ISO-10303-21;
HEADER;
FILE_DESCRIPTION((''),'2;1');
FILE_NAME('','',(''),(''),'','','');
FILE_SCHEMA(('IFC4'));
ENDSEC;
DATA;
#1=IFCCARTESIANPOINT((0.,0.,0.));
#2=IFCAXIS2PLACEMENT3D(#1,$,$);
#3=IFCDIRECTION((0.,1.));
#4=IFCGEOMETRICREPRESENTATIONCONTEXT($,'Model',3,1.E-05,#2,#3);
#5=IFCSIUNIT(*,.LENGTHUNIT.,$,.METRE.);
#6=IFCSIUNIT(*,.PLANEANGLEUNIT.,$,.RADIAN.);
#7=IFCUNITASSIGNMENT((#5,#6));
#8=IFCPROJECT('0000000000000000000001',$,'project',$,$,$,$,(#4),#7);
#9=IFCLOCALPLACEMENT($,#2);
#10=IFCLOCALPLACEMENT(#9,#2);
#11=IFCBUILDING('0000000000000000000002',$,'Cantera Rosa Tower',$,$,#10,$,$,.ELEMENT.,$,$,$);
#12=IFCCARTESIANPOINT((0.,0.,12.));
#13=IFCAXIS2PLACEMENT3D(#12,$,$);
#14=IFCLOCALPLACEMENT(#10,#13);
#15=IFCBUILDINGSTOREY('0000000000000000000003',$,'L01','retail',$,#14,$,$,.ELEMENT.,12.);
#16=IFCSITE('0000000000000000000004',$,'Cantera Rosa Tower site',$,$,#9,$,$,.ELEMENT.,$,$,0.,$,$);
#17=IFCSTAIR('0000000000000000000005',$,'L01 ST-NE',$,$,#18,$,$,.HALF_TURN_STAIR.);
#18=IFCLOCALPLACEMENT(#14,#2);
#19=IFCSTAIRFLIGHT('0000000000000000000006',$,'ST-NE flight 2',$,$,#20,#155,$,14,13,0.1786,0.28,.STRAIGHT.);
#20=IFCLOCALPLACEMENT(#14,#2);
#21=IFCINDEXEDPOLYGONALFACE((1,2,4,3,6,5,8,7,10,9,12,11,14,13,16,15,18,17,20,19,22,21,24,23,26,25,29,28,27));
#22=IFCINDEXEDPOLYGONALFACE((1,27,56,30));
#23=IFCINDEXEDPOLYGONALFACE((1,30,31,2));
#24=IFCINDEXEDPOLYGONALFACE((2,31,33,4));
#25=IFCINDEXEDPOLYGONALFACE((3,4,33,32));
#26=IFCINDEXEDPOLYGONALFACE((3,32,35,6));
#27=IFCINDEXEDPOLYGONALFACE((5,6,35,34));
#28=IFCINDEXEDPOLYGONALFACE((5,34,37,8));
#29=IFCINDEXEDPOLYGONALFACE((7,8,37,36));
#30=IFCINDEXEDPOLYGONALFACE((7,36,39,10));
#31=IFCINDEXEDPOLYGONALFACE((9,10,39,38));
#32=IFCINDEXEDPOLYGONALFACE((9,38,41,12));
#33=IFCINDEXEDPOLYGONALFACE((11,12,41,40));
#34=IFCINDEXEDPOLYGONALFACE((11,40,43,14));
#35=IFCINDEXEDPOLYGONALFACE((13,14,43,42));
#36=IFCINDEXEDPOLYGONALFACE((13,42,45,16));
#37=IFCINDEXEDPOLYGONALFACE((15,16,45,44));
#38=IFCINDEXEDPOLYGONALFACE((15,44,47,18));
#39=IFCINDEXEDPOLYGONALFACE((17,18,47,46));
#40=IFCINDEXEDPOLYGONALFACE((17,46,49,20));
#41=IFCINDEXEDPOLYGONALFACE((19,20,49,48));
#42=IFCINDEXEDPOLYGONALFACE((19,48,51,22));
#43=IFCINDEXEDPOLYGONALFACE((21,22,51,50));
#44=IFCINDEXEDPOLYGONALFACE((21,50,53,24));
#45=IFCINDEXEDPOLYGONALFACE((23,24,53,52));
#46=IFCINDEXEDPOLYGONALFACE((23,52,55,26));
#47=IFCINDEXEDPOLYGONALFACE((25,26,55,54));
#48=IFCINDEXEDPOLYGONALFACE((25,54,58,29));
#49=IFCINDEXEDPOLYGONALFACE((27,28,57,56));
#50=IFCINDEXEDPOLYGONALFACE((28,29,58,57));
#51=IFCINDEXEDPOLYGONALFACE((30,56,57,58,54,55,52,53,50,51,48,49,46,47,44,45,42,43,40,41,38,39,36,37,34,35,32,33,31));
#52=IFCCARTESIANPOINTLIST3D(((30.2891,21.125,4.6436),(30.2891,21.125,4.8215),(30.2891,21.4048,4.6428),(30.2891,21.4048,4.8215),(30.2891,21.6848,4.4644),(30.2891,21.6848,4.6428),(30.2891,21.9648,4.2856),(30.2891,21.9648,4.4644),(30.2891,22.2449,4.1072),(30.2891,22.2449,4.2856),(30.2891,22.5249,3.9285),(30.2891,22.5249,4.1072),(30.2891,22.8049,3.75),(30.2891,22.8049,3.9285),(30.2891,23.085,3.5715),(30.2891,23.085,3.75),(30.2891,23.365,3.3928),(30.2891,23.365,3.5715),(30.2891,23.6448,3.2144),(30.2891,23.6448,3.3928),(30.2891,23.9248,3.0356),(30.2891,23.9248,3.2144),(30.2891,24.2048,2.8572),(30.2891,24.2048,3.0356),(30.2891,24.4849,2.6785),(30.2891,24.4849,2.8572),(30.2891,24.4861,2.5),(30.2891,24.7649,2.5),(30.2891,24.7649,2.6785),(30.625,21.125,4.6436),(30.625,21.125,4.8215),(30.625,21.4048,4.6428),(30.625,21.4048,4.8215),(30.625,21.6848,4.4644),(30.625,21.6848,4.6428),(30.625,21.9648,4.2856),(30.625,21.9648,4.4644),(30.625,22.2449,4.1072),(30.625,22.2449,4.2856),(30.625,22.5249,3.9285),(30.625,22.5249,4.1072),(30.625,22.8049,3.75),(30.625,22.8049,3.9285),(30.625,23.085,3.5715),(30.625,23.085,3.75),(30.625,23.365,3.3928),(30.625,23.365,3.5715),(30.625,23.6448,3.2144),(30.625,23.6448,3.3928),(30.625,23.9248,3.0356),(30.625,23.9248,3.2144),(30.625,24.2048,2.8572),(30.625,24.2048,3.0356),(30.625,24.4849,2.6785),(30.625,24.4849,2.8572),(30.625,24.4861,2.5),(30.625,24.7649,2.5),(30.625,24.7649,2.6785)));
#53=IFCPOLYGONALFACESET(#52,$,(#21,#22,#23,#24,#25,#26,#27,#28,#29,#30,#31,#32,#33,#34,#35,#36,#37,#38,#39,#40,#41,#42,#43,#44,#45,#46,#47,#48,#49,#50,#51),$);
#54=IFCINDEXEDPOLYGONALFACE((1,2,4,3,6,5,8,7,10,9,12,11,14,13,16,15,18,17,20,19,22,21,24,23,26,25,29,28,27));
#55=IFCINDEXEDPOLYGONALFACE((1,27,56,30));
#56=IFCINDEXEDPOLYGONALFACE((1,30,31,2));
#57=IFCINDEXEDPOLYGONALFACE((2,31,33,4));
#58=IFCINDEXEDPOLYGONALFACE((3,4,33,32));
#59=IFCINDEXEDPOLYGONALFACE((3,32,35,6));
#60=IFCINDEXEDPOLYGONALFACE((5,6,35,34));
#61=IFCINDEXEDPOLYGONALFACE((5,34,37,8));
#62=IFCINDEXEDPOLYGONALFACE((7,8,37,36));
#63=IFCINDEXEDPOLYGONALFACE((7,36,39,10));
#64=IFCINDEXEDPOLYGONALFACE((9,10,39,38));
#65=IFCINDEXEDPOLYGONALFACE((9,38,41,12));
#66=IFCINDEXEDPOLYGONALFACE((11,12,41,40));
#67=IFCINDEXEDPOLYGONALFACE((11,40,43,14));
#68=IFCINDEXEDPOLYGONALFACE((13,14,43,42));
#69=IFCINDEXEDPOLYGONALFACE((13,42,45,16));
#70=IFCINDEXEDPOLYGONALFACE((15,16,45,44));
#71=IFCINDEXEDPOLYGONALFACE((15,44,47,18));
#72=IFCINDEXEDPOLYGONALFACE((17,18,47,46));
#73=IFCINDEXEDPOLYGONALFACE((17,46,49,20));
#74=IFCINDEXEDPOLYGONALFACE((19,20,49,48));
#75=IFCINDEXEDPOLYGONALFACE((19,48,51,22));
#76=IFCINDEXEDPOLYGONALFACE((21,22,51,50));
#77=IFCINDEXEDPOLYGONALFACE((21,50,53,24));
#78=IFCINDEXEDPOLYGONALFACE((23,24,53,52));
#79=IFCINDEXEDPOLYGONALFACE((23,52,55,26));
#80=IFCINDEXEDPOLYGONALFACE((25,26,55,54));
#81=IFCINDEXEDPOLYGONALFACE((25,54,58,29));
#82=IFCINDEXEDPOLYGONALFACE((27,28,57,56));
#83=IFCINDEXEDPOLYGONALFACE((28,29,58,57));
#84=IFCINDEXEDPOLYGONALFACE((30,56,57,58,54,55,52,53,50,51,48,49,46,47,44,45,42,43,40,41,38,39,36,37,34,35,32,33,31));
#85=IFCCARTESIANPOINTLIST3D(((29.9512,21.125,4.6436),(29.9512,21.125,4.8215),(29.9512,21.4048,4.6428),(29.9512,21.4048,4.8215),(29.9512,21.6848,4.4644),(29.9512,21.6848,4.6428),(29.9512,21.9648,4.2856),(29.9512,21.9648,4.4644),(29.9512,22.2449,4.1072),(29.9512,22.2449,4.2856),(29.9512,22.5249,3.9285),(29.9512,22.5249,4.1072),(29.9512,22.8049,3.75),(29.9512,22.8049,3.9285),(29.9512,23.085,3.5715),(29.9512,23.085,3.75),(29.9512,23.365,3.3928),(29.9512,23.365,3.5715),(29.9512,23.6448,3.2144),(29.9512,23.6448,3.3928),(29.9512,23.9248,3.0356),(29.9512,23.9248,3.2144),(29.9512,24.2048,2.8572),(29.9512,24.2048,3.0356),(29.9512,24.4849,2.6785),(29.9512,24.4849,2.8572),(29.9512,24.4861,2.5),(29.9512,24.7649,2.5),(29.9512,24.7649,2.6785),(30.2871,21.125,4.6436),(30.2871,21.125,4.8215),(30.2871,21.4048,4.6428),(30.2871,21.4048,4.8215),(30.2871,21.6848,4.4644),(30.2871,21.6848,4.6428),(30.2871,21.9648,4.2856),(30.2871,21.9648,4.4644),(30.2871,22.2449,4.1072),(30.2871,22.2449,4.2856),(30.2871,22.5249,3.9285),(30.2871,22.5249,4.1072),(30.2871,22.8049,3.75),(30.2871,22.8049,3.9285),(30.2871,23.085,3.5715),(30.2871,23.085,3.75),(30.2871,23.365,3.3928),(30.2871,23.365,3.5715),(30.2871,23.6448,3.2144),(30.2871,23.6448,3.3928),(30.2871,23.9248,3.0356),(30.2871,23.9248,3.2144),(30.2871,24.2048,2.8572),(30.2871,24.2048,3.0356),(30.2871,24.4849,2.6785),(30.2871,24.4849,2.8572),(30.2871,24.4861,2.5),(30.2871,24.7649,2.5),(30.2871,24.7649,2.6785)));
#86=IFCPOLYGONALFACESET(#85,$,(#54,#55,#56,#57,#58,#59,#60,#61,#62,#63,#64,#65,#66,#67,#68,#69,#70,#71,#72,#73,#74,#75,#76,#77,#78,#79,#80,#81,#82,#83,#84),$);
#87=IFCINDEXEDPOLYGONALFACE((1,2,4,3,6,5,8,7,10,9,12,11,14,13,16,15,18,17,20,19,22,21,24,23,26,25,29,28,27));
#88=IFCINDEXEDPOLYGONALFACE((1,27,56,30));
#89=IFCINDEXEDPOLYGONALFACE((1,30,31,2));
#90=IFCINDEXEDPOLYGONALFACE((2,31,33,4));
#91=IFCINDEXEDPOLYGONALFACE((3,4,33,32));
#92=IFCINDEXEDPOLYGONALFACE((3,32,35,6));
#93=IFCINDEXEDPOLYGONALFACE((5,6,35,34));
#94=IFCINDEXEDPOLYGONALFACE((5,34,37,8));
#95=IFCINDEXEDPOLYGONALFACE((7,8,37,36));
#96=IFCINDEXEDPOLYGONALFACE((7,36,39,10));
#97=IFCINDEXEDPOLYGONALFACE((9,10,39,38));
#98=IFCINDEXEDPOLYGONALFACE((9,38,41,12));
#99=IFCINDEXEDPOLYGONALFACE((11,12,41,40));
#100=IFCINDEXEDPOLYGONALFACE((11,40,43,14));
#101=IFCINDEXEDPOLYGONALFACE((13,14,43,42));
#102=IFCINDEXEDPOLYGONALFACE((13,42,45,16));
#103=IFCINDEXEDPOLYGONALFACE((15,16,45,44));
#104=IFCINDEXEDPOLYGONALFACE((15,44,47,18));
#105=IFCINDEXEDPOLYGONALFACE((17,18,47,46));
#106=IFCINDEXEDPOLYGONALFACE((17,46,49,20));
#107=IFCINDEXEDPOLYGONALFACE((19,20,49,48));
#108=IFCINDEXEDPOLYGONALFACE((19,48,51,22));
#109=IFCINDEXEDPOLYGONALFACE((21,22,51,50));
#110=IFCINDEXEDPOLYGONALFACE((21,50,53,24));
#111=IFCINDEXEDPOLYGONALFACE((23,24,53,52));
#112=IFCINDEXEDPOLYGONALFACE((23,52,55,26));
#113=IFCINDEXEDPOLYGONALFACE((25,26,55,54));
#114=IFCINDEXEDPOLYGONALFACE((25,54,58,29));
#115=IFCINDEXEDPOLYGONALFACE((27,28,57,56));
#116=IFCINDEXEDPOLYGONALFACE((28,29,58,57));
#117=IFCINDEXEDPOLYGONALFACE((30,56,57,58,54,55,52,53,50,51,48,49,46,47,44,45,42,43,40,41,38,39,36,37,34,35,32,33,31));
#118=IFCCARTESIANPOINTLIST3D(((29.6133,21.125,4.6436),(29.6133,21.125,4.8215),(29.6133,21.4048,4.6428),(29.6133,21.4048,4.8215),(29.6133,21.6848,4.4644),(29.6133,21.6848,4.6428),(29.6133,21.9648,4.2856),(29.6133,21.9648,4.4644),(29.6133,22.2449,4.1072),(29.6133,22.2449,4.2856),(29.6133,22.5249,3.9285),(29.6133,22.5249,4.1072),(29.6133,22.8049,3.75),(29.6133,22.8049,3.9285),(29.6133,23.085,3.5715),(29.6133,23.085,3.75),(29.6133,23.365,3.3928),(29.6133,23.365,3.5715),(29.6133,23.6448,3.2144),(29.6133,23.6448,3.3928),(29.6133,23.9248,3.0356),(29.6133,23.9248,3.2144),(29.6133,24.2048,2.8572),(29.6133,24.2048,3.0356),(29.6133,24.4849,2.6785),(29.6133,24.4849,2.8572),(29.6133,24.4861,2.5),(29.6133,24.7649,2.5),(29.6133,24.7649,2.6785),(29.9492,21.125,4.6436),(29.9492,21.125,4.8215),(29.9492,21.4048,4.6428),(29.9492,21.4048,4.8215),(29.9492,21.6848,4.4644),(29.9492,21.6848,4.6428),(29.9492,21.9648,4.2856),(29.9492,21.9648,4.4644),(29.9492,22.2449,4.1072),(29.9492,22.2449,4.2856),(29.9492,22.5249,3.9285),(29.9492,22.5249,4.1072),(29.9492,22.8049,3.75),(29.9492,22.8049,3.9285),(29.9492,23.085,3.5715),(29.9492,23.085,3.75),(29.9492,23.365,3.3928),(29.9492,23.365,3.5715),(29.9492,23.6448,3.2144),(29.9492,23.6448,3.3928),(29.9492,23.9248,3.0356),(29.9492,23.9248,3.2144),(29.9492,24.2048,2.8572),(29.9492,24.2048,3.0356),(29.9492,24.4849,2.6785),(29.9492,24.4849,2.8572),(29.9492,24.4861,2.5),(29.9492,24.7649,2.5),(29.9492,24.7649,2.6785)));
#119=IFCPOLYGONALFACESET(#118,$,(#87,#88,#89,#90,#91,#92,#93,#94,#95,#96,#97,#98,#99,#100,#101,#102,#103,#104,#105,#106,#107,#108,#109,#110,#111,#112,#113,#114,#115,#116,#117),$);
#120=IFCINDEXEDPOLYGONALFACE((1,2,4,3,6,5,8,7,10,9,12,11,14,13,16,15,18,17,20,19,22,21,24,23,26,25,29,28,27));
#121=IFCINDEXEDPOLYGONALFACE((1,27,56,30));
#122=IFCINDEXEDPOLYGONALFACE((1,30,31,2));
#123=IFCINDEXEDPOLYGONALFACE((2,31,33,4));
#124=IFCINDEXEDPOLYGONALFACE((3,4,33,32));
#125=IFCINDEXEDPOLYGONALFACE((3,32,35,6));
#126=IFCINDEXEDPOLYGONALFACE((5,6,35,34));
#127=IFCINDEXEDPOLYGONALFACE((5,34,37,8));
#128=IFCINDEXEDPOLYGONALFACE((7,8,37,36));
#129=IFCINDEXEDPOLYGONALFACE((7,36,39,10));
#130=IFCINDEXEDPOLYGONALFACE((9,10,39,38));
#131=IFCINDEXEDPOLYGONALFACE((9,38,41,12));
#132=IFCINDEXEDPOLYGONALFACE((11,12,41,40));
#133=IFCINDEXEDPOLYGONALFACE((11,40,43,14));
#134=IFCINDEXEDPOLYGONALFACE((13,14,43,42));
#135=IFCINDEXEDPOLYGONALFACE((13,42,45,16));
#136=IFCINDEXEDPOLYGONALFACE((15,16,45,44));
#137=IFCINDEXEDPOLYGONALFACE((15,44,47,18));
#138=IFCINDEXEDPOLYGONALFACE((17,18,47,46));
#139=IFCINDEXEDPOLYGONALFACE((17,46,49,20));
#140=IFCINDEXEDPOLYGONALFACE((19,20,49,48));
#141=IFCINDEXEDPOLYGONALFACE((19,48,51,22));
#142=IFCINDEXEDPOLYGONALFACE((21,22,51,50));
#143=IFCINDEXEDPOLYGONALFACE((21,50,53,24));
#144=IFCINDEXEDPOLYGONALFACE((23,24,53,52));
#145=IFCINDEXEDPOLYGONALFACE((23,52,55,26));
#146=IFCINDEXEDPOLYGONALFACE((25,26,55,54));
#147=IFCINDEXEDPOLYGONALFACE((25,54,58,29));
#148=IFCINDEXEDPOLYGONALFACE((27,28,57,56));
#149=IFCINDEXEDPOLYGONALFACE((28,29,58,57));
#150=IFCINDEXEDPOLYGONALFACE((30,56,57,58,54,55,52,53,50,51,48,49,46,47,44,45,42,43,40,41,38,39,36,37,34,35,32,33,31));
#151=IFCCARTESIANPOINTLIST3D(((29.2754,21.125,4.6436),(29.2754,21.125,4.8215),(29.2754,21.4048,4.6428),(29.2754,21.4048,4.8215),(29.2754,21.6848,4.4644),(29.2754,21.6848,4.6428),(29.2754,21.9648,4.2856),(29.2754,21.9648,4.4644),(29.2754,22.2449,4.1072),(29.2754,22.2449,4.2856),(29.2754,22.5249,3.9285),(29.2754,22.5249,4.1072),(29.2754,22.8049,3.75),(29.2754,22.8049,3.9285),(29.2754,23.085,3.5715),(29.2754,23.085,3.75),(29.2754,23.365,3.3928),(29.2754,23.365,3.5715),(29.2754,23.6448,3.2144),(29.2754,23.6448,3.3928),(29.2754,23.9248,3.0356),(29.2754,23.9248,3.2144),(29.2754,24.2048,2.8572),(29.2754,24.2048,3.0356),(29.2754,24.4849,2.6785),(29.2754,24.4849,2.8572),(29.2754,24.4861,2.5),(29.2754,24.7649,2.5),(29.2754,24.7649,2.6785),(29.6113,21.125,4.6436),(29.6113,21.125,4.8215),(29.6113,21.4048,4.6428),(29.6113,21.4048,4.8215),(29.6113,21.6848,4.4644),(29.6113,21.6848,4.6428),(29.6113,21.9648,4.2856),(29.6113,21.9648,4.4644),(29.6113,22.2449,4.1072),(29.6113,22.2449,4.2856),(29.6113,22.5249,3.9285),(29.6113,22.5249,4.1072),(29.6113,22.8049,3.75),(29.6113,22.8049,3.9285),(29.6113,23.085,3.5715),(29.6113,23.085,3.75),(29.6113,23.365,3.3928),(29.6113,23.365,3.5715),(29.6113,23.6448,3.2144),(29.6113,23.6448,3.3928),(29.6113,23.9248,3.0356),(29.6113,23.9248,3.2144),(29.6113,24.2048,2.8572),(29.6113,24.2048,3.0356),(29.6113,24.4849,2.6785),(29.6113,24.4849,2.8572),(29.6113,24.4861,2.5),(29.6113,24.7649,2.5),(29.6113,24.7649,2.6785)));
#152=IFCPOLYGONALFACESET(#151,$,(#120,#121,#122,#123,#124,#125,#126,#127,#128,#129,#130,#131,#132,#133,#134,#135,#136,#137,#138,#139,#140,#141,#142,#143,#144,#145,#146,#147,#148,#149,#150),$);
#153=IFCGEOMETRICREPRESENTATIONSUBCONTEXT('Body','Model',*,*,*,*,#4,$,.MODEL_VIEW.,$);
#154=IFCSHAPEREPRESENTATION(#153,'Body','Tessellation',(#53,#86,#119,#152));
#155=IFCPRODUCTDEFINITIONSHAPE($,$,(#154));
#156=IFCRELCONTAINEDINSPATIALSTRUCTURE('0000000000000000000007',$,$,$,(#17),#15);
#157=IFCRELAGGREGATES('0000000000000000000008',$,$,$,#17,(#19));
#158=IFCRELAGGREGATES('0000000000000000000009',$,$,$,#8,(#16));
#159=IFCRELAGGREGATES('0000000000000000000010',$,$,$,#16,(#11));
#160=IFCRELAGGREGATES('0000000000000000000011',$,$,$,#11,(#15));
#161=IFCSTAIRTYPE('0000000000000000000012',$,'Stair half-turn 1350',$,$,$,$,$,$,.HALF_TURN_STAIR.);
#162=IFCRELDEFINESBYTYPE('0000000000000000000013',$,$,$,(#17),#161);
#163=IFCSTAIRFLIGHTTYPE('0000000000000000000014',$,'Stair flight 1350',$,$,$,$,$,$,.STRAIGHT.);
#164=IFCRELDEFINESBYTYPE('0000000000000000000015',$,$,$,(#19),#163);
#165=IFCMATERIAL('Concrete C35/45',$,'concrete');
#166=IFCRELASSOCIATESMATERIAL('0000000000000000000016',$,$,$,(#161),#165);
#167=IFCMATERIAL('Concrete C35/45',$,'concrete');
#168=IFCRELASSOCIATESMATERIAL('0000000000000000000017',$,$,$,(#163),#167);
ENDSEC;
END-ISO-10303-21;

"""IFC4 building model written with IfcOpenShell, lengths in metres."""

from ifc_helpers import new_model, si_unit, direction, frame, origin, place, context, subcontext, project, spatial, polyline, outline, extrude, material, type_object, element, aggregate, save


model = new_model("IFC4")

# Units and contexts
model_context = context("Model", 3, precision=1e-05, world=origin(), true_north=direction((0.0, 1.0)))
body_context = subcontext(model_context, "Body", "Model", "MODEL_VIEW")
ifc_project = project(units=[si_unit("LENGTHUNIT", "METRE"), si_unit("PLANEANGLEUNIT", "RADIAN")], contexts=[model_context])

# Site, building, storey
site_placement = place(None, origin())
site = spatial("IfcSite", under=ifc_project, at=site_placement, Name="Cantera Rosa Tower site", CompositionType="ELEMENT", RefElevation=0.0)
building_placement = place(site_placement, origin())
building = spatial("IfcBuilding", under=site, at=building_placement, Name="Cantera Rosa Tower", CompositionType="ELEMENT")
storey_placement = place(building_placement, frame((0.0, 0.0, 12.0)))
storey = spatial("IfcBuildingStorey", under=building, at=storey_placement, Name="L01", Description="retail", CompositionType="ELEMENT", Elevation=12.0)

# Stair, stair flight
ifc_material_1 = material(Name="Concrete C35/45", Category="concrete")
stair_type = type_object("IfcStairType", Name="Stair half-turn 1350", PredefinedType="HALF_TURN_STAIR", material=ifc_material_1)
stair_placement = place(storey_placement, origin())
stair = element("IfcStair", 1, at=stair_placement, inside=storey, type_object=stair_type, Name="L01 ST-NE", PredefinedType="HALF_TURN_STAIR")
ifc_material_2 = material(Name="Concrete C35/45", Category="concrete")
stair_flight_type = type_object("IfcStairFlightType", Name="Stair flight 1350", PredefinedType="STRAIGHT", material=ifc_material_2)
stair_flight_1_placement = place(storey_placement, frame((29.95, 24.7649, 2.5), z_axis=(0.0, 0.0, 1.0), x_axis=(0.0, -1.0, 0.0)))
stair_flight_1 = element("IfcStairFlight", 2, at=stair_flight_1_placement, type_object=stair_flight_type, Name="ST-NE flight 2", NumberOfRisers=14, NumberOfTreads=13, PredefinedType="STRAIGHT", RiserHeight=0.1786, TreadLength=0.28, context=body_context, shape_type="SweptSolid", body=[
    extrude(outline(polyline([(0.0, 0.0), (0.0, 0.1785), (0.28, 0.1785), (0.28, 0.3572), (0.5601, 0.3572), (0.5601, 0.5356), (0.8401, 0.5356), (0.8401, 0.7144), (1.1201, 0.7144), (1.1201, 0.8928), (1.3999, 0.8928), (1.3999, 1.0715), (1.6799, 1.0715), (1.6799, 1.25), (1.96, 1.25), (1.96, 1.4285), (2.24, 1.4285), (2.24, 1.6072), (2.52, 1.6072), (2.52, 1.7856), (2.8, 1.7856), (2.8, 1.9644), (3.0801, 1.9644), (3.0801, 2.1428), (3.3601, 2.1428), (3.3601, 2.3215), (3.6399, 2.3215), (3.6399, 2.5), (3.6399, 2.1436), (0.2788, 0.0), (0.0, 0.0)])), frame((0.0, 0.675, 0.0), z_axis=(0.0, -1.0, 0.0), x_axis=(1.0, 0.0, 0.0)), (0.0, 0.0, 1.0), 0.3359),
    extrude(outline(polyline([(0.0, 0.0), (0.0, 0.1785), (0.28, 0.1785), (0.28, 0.3572), (0.5601, 0.3572), (0.5601, 0.5356), (0.8401, 0.5356), (0.8401, 0.7144), (1.1201, 0.7144), (1.1201, 0.8928), (1.3999, 0.8928), (1.3999, 1.0715), (1.6799, 1.0715), (1.6799, 1.25), (1.96, 1.25), (1.96, 1.4285), (2.24, 1.4285), (2.24, 1.6072), (2.52, 1.6072), (2.52, 1.7856), (2.8, 1.7856), (2.8, 1.9644), (3.0801, 1.9644), (3.0801, 2.1428), (3.3601, 2.1428), (3.3601, 2.3215), (3.6399, 2.3215), (3.6399, 2.5), (3.6399, 2.1436), (0.2788, 0.0), (0.0, 0.0)])), frame((0.0, 0.3372, 0.0), z_axis=(0.0, -1.0, 0.0), x_axis=(1.0, 0.0, 0.0)), (0.0, 0.0, 1.0), 0.3359),
    extrude(outline(polyline([(0.0, 0.0), (0.0, 0.1785), (0.28, 0.1785), (0.28, 0.3572), (0.5601, 0.3572), (0.5601, 0.5356), (0.8401, 0.5356), (0.8401, 0.7144), (1.1201, 0.7144), (1.1201, 0.8928), (1.3999, 0.8928), (1.3999, 1.0715), (1.6799, 1.0715), (1.6799, 1.25), (1.96, 1.25), (1.96, 1.4285), (2.24, 1.4285), (2.24, 1.6072), (2.52, 1.6072), (2.52, 1.7856), (2.8, 1.7856), (2.8, 1.9644), (3.0801, 1.9644), (3.0801, 2.1428), (3.3601, 2.1428), (3.3601, 2.3215), (3.6399, 2.3215), (3.6399, 2.5), (3.6399, 2.1436), (0.2788, 0.0), (0.0, 0.0)])), frame((0.0, -0.0007, 0.0), z_axis=(0.0, -1.0, 0.0), x_axis=(1.0, 0.0, 0.0)), (0.0, 0.0, 1.0), 0.3359),
    extrude(outline(polyline([(0.0, 0.0), (0.0, 0.1785), (0.28, 0.1785), (0.28, 0.3572), (0.5601, 0.3572), (0.5601, 0.5356), (0.8401, 0.5356), (0.8401, 0.7144), (1.1201, 0.7144), (1.1201, 0.8928), (1.3999, 0.8928), (1.3999, 1.0715), (1.6799, 1.0715), (1.6799, 1.25), (1.96, 1.25), (1.96, 1.4285), (2.24, 1.4285), (2.24, 1.6072), (2.52, 1.6072), (2.52, 1.7856), (2.8, 1.7856), (2.8, 1.9644), (3.0801, 1.9644), (3.0801, 2.1428), (3.3601, 2.1428), (3.3601, 2.3215), (3.6399, 2.3215), (3.6399, 2.5), (3.6399, 2.1436), (0.2788, 0.0), (0.0, 0.0)])), frame((0.0, -0.3386, 0.0), z_axis=(0.0, -1.0, 0.0), x_axis=(1.0, 0.0, 0.0)), (0.0, 0.0, 1.0), 0.3359),
])
aggregate(stair, [stair_flight_1])

save(model, "model.ifc")
